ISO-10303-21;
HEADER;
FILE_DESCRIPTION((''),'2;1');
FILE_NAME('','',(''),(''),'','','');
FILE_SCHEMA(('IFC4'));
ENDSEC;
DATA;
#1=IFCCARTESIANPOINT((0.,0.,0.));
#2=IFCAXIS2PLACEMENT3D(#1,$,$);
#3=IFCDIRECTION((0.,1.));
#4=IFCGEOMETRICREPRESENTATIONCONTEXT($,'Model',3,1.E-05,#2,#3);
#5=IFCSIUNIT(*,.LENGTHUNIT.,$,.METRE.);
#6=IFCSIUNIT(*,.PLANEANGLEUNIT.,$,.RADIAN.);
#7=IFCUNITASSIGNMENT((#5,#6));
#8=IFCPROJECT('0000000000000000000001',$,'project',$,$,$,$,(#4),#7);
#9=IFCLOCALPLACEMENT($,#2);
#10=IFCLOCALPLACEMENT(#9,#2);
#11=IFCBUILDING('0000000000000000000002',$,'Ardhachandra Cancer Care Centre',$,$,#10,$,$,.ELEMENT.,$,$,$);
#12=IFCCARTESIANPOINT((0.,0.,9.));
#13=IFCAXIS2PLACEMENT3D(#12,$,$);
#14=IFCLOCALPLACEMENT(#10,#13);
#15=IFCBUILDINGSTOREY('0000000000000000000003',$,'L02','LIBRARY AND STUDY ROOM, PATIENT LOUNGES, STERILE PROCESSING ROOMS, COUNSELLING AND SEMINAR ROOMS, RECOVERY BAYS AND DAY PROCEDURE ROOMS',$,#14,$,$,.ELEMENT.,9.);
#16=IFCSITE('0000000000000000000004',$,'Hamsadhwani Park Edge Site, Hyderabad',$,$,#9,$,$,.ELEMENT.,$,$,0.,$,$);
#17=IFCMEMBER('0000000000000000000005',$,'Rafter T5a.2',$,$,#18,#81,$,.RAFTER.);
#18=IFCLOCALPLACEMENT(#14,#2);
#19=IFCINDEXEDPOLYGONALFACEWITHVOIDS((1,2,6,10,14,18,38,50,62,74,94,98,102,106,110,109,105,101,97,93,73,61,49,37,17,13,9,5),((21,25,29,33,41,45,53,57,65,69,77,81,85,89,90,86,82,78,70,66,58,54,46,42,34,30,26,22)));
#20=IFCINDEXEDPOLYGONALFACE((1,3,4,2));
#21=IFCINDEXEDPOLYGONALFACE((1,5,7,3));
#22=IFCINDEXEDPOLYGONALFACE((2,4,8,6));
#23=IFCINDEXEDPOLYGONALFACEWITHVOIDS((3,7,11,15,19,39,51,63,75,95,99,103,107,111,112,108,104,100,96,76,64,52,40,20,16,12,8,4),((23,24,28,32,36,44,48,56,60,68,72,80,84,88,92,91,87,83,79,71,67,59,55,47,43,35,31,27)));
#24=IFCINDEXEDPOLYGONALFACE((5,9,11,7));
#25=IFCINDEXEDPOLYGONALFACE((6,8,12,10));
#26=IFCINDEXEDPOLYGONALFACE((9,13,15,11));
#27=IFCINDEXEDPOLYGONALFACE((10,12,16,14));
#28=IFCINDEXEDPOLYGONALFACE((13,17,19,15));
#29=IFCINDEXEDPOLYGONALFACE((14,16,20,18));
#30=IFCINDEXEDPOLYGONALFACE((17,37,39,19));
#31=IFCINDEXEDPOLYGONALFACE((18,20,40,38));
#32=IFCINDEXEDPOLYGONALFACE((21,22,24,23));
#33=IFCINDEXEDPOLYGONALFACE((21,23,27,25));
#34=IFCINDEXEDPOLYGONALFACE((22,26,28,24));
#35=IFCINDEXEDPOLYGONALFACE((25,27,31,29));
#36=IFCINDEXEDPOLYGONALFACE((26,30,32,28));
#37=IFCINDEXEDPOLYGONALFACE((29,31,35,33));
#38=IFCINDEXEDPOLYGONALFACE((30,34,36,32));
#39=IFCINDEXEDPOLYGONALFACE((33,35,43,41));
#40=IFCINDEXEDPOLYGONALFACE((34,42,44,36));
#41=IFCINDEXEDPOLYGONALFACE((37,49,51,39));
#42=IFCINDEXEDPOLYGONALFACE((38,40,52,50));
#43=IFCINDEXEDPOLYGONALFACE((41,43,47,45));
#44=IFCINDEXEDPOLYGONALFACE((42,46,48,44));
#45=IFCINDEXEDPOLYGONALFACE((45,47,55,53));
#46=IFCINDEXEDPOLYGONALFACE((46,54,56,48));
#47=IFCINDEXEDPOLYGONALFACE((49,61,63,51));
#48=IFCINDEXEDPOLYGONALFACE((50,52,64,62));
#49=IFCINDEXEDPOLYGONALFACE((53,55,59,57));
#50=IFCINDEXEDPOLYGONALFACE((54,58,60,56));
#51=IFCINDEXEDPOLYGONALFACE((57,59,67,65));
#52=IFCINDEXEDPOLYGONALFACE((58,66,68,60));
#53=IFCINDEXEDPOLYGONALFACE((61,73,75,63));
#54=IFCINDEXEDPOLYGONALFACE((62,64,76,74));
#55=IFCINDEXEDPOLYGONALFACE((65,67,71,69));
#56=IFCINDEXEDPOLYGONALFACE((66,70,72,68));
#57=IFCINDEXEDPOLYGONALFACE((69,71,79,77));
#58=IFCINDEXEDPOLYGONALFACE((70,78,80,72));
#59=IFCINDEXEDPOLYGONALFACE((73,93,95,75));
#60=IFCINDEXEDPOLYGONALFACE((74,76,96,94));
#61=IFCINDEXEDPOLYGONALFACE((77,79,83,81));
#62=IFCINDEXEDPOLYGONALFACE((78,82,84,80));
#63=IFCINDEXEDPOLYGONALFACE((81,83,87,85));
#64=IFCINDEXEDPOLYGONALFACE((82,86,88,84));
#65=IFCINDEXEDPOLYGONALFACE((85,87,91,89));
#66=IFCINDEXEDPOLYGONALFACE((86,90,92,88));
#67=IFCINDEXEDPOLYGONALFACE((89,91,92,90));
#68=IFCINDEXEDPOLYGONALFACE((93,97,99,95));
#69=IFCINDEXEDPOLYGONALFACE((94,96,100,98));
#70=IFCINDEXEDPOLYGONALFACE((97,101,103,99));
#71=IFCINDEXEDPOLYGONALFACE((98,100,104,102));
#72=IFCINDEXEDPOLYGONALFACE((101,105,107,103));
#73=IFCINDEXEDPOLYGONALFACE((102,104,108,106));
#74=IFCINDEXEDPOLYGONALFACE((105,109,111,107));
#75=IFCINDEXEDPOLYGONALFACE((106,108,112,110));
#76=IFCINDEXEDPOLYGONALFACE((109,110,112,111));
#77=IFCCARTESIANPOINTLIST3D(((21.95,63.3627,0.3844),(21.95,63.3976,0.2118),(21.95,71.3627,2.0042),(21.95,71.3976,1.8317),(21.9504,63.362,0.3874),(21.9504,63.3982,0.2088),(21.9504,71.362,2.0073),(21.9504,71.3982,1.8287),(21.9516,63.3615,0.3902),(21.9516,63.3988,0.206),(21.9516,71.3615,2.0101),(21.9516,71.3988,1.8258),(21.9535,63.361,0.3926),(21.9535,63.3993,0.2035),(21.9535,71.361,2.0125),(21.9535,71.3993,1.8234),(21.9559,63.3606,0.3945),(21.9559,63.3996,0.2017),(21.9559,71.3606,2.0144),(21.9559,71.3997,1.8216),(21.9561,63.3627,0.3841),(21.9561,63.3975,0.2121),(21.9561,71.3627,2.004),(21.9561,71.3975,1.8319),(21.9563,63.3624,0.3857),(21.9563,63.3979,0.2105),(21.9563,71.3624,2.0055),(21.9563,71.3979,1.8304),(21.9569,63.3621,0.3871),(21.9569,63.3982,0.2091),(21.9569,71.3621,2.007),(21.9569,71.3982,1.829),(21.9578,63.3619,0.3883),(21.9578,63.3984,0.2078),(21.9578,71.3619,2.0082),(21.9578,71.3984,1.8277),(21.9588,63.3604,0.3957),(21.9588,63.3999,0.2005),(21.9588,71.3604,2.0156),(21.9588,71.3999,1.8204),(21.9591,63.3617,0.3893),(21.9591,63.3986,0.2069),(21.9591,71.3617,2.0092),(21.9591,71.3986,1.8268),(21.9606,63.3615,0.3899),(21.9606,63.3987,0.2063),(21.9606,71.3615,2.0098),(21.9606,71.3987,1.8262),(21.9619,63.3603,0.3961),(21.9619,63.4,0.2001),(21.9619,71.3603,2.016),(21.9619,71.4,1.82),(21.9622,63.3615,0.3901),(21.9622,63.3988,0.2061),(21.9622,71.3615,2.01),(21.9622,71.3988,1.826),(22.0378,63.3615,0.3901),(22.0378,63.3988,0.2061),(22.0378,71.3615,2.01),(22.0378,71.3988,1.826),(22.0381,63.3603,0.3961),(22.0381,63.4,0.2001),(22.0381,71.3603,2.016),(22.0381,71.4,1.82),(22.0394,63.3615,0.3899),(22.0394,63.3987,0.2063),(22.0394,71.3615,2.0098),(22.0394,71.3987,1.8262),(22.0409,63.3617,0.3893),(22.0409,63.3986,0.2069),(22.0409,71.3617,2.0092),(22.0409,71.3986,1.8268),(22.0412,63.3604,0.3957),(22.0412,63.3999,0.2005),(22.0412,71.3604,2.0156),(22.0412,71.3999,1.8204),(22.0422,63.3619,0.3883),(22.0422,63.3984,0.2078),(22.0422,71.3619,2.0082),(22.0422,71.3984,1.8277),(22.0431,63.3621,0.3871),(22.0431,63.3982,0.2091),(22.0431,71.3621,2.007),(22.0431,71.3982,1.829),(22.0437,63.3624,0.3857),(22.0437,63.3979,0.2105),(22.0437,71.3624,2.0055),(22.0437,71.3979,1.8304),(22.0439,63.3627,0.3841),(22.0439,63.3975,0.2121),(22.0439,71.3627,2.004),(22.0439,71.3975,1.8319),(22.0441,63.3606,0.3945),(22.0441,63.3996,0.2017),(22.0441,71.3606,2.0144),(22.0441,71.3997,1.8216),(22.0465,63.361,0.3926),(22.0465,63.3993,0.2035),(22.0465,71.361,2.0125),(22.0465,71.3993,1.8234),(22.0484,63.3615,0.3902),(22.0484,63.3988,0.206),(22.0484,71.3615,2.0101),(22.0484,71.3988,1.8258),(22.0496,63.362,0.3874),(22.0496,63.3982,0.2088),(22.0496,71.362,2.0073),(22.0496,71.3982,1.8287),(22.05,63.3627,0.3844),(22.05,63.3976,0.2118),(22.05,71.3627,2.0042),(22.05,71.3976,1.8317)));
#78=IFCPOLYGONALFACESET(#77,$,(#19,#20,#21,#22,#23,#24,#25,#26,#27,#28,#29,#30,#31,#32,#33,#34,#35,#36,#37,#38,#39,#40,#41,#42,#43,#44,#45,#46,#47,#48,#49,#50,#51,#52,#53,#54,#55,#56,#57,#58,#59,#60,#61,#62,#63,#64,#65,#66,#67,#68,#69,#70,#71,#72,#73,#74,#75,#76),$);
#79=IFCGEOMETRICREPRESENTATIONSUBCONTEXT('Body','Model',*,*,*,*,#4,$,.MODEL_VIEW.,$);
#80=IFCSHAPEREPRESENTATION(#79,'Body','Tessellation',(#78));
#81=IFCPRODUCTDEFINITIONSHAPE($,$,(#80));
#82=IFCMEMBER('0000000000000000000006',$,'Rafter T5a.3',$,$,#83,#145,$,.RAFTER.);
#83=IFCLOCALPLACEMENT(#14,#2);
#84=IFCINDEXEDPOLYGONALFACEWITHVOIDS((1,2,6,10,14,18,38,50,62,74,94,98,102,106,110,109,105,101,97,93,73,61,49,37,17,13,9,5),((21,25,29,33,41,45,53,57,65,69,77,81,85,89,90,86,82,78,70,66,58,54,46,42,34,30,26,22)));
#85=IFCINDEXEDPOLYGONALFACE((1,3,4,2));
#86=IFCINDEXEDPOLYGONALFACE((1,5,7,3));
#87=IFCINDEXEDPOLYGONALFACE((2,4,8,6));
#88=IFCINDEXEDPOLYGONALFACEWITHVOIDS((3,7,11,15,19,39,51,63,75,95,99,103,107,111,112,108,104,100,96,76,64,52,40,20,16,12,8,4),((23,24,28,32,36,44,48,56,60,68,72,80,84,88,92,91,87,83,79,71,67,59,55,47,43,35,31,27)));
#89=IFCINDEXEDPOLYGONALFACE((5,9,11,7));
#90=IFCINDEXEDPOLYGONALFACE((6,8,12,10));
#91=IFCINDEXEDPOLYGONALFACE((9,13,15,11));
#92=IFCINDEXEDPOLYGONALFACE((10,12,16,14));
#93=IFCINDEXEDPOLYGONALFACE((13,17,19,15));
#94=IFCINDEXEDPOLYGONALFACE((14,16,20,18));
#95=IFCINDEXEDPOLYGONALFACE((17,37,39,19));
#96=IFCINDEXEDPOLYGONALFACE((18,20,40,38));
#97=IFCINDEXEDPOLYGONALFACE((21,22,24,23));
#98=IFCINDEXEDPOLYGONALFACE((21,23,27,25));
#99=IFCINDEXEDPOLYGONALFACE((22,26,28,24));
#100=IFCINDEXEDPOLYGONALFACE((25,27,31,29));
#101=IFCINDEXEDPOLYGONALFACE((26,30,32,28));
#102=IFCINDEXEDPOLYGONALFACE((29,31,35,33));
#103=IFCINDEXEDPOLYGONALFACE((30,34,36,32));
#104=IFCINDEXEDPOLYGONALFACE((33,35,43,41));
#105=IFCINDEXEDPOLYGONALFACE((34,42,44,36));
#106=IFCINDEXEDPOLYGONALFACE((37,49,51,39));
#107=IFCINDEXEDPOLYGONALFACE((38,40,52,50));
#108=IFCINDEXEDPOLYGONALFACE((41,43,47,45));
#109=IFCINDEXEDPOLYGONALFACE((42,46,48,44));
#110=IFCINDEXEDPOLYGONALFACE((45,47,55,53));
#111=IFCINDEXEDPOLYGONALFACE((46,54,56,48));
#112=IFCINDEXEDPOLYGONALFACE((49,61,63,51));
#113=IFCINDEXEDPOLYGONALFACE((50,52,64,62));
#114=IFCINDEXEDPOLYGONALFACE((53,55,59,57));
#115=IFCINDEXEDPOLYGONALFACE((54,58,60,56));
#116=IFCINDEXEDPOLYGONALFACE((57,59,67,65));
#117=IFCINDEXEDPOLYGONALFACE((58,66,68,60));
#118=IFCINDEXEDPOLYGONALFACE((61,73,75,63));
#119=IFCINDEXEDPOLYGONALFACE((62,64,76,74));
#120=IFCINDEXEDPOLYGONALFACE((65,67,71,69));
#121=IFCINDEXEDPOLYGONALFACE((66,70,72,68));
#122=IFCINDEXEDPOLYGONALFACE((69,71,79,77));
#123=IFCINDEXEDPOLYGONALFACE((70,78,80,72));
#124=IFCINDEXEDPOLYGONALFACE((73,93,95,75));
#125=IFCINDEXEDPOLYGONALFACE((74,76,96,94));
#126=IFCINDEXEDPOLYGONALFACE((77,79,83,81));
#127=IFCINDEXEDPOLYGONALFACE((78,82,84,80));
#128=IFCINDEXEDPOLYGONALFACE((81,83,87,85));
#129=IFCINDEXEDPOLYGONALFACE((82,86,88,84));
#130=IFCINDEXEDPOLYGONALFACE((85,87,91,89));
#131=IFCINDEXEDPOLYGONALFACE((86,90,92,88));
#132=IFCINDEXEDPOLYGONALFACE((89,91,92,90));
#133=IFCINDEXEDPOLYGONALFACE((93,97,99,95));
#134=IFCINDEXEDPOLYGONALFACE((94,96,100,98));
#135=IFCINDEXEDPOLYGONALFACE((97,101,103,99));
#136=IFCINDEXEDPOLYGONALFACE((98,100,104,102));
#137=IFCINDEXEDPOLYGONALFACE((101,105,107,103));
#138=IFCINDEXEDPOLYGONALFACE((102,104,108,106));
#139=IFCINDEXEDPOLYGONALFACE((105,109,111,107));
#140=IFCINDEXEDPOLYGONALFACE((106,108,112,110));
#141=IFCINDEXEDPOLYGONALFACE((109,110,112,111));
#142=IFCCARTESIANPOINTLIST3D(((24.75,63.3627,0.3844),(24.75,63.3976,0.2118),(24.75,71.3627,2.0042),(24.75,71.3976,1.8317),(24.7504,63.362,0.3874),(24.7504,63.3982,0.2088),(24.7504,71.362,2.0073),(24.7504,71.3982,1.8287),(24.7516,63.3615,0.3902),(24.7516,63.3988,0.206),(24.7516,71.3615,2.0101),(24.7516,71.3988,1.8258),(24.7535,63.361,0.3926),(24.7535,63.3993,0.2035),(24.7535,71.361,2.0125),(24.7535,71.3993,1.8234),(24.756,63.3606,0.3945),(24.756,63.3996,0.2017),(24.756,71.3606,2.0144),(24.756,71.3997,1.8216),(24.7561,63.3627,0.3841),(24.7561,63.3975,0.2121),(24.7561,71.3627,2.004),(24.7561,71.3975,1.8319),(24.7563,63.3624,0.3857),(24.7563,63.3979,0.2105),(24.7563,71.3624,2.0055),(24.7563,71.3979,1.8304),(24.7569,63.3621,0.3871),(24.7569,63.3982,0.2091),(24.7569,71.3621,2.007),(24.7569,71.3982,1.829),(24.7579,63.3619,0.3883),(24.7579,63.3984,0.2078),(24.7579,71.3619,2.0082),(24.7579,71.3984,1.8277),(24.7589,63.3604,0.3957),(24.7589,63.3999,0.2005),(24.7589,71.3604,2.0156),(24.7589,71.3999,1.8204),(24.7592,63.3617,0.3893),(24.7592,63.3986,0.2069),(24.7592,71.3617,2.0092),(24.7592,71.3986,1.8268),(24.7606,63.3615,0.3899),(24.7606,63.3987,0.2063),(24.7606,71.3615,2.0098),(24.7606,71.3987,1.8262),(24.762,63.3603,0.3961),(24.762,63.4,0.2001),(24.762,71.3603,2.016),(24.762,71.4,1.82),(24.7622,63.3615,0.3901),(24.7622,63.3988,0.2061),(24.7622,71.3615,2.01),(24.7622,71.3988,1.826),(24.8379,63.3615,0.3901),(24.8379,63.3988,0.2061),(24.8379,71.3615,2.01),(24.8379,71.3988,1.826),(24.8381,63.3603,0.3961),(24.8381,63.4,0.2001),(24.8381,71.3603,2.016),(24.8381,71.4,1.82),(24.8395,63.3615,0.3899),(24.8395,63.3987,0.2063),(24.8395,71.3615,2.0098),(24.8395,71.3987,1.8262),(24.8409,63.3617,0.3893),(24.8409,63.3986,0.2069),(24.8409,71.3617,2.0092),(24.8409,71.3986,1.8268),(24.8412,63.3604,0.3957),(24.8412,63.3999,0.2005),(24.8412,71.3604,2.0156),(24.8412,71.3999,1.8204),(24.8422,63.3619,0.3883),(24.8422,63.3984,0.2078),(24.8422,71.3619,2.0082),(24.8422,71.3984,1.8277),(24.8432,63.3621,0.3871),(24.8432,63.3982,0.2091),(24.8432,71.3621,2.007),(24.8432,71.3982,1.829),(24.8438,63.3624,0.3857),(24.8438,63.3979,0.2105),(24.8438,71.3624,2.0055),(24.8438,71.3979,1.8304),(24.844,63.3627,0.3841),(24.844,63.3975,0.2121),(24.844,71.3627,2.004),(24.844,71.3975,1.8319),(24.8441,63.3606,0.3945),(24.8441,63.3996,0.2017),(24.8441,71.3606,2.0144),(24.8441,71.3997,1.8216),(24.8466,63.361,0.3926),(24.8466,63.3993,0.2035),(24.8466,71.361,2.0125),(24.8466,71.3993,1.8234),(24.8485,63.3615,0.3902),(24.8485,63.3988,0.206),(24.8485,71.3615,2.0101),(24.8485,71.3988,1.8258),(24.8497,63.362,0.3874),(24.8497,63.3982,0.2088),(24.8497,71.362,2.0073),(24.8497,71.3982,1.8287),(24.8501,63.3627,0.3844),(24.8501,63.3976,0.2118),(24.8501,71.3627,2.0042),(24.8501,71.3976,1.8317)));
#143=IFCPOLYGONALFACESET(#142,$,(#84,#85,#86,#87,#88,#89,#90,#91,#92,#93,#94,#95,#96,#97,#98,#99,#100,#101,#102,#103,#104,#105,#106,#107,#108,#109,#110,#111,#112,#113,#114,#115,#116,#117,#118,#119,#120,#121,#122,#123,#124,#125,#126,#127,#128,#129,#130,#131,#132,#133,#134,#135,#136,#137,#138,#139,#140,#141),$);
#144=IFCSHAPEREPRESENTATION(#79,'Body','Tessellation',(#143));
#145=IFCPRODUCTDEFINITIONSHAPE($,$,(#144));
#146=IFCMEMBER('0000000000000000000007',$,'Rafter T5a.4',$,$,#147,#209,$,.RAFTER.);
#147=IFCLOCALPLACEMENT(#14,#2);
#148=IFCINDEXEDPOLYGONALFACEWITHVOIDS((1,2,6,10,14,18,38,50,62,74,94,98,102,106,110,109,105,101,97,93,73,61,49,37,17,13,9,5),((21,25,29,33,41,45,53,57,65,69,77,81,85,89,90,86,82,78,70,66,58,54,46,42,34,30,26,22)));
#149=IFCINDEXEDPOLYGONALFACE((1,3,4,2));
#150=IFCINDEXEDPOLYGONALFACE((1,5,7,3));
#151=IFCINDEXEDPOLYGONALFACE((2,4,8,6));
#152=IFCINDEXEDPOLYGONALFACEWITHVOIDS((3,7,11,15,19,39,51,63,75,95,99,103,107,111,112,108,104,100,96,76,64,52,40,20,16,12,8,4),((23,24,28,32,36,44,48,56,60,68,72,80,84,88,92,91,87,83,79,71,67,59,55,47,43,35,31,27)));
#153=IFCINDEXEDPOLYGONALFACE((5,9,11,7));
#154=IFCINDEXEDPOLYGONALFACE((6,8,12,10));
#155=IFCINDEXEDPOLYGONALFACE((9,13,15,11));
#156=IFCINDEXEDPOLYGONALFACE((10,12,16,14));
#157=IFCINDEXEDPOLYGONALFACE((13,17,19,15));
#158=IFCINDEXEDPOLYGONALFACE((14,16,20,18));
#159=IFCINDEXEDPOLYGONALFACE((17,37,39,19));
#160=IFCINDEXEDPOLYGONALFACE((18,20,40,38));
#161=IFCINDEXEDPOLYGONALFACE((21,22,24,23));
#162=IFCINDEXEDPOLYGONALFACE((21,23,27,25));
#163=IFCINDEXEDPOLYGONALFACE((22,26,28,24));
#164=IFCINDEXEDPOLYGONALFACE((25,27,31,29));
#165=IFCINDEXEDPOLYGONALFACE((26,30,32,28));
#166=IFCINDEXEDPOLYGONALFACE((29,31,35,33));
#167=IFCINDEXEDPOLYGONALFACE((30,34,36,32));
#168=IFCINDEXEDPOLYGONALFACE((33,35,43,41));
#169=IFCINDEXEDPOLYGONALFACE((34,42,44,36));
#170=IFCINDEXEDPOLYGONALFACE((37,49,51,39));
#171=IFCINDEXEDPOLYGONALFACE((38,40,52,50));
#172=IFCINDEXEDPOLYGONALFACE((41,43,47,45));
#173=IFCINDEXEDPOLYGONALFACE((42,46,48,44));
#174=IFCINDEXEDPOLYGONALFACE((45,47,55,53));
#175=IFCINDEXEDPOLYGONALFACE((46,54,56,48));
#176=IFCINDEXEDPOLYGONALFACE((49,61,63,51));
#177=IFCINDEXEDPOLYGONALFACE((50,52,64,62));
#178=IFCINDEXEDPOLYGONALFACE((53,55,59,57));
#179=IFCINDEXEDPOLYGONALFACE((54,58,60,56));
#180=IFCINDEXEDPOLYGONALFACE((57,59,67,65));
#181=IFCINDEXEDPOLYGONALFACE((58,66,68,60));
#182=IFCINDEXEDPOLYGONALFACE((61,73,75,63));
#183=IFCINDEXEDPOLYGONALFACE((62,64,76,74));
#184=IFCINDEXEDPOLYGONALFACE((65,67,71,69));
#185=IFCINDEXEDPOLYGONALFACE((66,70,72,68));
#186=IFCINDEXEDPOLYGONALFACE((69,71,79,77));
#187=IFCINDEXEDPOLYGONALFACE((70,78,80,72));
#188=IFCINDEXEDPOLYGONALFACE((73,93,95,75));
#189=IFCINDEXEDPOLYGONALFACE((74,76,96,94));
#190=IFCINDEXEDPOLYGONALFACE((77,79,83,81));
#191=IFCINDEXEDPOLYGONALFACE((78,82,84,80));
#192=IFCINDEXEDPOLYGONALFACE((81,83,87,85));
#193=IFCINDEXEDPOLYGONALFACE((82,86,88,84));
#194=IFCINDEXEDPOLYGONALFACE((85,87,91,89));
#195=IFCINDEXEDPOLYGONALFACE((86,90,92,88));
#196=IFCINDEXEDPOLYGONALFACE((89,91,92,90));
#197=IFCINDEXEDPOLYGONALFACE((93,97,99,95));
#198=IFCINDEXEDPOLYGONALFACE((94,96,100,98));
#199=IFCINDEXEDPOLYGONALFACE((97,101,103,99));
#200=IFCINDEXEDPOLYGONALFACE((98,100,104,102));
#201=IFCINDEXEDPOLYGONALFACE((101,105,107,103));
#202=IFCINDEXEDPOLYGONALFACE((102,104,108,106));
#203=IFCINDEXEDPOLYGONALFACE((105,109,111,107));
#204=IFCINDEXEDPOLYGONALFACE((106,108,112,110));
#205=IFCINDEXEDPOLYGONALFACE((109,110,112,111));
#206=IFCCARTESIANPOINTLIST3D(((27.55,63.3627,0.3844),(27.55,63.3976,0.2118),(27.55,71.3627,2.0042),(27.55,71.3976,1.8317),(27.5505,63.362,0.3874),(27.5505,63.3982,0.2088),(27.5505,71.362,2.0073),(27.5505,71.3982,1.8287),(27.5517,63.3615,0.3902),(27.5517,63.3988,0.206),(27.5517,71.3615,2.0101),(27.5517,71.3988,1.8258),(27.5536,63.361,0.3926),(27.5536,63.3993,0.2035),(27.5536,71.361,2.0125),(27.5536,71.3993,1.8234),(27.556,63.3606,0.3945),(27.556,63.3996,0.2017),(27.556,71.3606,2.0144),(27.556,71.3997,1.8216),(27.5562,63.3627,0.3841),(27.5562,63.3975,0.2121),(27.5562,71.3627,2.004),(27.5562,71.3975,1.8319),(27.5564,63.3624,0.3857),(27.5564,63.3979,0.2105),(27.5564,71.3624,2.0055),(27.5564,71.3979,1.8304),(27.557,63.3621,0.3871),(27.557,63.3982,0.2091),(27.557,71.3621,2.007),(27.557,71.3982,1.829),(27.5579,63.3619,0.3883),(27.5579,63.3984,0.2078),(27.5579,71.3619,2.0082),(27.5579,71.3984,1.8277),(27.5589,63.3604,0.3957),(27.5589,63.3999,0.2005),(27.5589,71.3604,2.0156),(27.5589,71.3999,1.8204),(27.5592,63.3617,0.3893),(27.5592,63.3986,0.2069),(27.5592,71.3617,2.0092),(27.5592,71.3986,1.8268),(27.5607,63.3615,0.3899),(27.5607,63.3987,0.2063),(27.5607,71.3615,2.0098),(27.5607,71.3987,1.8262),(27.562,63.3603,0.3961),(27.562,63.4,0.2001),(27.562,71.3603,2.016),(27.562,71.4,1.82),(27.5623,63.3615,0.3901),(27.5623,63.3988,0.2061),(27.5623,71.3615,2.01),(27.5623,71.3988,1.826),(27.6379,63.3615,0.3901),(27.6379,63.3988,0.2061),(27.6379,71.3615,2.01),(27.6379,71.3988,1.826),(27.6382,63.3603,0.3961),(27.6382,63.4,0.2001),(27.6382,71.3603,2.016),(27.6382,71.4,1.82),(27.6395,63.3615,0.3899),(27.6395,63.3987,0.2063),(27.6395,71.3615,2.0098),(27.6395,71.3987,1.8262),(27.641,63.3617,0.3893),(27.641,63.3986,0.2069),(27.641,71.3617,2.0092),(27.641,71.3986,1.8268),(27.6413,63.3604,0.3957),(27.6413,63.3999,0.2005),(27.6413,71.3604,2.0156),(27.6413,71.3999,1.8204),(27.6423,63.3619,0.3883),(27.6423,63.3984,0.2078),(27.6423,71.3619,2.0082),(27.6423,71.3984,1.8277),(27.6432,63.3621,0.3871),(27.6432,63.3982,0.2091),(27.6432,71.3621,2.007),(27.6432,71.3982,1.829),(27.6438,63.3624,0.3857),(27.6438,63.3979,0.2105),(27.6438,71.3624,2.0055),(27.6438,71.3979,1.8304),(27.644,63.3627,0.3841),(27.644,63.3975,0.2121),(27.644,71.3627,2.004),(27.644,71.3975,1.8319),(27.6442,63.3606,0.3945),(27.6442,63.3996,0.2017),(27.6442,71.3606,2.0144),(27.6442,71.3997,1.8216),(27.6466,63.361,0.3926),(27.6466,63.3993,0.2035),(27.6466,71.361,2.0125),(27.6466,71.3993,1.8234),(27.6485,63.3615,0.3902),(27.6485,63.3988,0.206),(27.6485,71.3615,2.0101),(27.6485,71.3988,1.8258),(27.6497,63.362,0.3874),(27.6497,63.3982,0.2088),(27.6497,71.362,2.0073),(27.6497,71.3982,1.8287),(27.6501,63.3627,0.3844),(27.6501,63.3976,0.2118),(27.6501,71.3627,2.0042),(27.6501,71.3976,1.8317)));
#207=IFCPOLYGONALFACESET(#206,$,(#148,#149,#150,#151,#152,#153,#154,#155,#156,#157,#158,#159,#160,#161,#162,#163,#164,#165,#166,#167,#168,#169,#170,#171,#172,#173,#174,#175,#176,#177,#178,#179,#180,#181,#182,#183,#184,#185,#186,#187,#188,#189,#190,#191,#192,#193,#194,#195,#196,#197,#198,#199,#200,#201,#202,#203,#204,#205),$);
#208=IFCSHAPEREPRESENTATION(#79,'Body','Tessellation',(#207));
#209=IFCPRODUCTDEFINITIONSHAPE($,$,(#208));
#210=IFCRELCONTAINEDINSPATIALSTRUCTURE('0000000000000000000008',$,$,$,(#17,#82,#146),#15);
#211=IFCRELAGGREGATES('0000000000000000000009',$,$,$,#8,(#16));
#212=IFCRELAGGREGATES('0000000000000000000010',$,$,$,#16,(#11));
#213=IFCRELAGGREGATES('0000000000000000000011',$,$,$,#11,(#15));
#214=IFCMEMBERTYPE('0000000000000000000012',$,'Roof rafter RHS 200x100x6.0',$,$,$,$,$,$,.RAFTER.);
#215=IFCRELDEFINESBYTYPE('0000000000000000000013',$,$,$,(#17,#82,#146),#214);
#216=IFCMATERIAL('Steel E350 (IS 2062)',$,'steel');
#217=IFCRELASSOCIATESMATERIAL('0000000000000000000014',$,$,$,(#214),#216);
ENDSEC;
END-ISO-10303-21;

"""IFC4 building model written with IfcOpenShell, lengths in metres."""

from ifc_helpers import new_model, si_unit, direction, frame, origin, origin_2d, place, context, subcontext, project, spatial, hollow_rectangle, extrude, material, material_profile, profile_set, type_object, element, save


model = new_model("IFC4")

# Units and contexts
model_context = context("Model", 3, precision=1e-05, world=origin(), true_north=direction((0.0, 1.0)))
body_context = subcontext(model_context, "Body", "Model", "MODEL_VIEW")
ifc_project = project(units=[si_unit("LENGTHUNIT", "METRE"), si_unit("PLANEANGLEUNIT", "RADIAN")], contexts=[model_context])

# Site, building, storey
site_placement = place(None, origin())
site = spatial("IfcSite", under=ifc_project, at=site_placement, Name="Hamsadhwani Park Edge Site, Hyderabad", CompositionType="ELEMENT", RefElevation=0.0)
building_placement = place(site_placement, origin())
building = spatial("IfcBuilding", under=site, at=building_placement, Name="Ardhachandra Cancer Care Centre", CompositionType="ELEMENT")
storey_placement = place(building_placement, frame((0.0, 0.0, 9.0)))
storey = spatial("IfcBuildingStorey", under=building, at=storey_placement, Name="L02", Description="LIBRARY AND STUDY ROOM, PATIENT LOUNGES, STERILE PROCESSING ROOMS, COUNSELLING AND SEMINAR ROOMS, RECOVERY BAYS AND DAY PROCEDURE ROOMS", CompositionType="ELEMENT", Elevation=9.0)

# Members
ifc_material_1 = material(Name="Steel E350 (IS 2062)", Category="steel")
ifc_material_profile_1 = material_profile(ifc_material_1, hollow_rectangle(XDim=0.1001, YDim=0.2, WallThickness=0.0061, InnerFilletRadius=0.0061, OuterFilletRadius=0.012, at=origin_2d()), Name="RHS 200x100x6.0")
ifc_profile_set_1 = profile_set([ifc_material_profile_1], Name="Steel E350 (IS 2062)")
member_type_1 = type_object("IfcMemberType", Name="Roof rafter RHS 200x100x6.0", PredefinedType="RAFTER", material=ifc_profile_set_1)
for number, where, z_axis, x_axis, name in (
    (1, (22.0, 63.3801, 0.2981), (0.0, 0.98011, 0.198457), (-1.0, 0.0, 0.0), "Rafter T5a.2"),
    (2, (24.8, 63.3801, 0.2981), (0.0, 0.98011, 0.198457), (-1.0, 0.0, 0.0), "Rafter T5a.3"),
    (3, (27.6001, 63.3801, 0.2981), (0.0, 0.98011, 0.198457), (-1.0, 0.0, 0.0), "Rafter T5a.4"),
):
    element("IfcMember", number, at=place(storey_placement, frame(where, z_axis=z_axis, x_axis=x_axis)), inside=storey, type_object=member_type_1, Name=name, PredefinedType="RAFTER", context=body_context, shape_type="SweptSolid", body=[
        extrude(hollow_rectangle(XDim=0.1001, YDim=0.2, WallThickness=0.0061, InnerFilletRadius=0.0061, OuterFilletRadius=0.012, at=origin_2d()), origin(), (0.0, 0.0, 1.0), 8.1624),
    ])

save(model, "model.ifc")
